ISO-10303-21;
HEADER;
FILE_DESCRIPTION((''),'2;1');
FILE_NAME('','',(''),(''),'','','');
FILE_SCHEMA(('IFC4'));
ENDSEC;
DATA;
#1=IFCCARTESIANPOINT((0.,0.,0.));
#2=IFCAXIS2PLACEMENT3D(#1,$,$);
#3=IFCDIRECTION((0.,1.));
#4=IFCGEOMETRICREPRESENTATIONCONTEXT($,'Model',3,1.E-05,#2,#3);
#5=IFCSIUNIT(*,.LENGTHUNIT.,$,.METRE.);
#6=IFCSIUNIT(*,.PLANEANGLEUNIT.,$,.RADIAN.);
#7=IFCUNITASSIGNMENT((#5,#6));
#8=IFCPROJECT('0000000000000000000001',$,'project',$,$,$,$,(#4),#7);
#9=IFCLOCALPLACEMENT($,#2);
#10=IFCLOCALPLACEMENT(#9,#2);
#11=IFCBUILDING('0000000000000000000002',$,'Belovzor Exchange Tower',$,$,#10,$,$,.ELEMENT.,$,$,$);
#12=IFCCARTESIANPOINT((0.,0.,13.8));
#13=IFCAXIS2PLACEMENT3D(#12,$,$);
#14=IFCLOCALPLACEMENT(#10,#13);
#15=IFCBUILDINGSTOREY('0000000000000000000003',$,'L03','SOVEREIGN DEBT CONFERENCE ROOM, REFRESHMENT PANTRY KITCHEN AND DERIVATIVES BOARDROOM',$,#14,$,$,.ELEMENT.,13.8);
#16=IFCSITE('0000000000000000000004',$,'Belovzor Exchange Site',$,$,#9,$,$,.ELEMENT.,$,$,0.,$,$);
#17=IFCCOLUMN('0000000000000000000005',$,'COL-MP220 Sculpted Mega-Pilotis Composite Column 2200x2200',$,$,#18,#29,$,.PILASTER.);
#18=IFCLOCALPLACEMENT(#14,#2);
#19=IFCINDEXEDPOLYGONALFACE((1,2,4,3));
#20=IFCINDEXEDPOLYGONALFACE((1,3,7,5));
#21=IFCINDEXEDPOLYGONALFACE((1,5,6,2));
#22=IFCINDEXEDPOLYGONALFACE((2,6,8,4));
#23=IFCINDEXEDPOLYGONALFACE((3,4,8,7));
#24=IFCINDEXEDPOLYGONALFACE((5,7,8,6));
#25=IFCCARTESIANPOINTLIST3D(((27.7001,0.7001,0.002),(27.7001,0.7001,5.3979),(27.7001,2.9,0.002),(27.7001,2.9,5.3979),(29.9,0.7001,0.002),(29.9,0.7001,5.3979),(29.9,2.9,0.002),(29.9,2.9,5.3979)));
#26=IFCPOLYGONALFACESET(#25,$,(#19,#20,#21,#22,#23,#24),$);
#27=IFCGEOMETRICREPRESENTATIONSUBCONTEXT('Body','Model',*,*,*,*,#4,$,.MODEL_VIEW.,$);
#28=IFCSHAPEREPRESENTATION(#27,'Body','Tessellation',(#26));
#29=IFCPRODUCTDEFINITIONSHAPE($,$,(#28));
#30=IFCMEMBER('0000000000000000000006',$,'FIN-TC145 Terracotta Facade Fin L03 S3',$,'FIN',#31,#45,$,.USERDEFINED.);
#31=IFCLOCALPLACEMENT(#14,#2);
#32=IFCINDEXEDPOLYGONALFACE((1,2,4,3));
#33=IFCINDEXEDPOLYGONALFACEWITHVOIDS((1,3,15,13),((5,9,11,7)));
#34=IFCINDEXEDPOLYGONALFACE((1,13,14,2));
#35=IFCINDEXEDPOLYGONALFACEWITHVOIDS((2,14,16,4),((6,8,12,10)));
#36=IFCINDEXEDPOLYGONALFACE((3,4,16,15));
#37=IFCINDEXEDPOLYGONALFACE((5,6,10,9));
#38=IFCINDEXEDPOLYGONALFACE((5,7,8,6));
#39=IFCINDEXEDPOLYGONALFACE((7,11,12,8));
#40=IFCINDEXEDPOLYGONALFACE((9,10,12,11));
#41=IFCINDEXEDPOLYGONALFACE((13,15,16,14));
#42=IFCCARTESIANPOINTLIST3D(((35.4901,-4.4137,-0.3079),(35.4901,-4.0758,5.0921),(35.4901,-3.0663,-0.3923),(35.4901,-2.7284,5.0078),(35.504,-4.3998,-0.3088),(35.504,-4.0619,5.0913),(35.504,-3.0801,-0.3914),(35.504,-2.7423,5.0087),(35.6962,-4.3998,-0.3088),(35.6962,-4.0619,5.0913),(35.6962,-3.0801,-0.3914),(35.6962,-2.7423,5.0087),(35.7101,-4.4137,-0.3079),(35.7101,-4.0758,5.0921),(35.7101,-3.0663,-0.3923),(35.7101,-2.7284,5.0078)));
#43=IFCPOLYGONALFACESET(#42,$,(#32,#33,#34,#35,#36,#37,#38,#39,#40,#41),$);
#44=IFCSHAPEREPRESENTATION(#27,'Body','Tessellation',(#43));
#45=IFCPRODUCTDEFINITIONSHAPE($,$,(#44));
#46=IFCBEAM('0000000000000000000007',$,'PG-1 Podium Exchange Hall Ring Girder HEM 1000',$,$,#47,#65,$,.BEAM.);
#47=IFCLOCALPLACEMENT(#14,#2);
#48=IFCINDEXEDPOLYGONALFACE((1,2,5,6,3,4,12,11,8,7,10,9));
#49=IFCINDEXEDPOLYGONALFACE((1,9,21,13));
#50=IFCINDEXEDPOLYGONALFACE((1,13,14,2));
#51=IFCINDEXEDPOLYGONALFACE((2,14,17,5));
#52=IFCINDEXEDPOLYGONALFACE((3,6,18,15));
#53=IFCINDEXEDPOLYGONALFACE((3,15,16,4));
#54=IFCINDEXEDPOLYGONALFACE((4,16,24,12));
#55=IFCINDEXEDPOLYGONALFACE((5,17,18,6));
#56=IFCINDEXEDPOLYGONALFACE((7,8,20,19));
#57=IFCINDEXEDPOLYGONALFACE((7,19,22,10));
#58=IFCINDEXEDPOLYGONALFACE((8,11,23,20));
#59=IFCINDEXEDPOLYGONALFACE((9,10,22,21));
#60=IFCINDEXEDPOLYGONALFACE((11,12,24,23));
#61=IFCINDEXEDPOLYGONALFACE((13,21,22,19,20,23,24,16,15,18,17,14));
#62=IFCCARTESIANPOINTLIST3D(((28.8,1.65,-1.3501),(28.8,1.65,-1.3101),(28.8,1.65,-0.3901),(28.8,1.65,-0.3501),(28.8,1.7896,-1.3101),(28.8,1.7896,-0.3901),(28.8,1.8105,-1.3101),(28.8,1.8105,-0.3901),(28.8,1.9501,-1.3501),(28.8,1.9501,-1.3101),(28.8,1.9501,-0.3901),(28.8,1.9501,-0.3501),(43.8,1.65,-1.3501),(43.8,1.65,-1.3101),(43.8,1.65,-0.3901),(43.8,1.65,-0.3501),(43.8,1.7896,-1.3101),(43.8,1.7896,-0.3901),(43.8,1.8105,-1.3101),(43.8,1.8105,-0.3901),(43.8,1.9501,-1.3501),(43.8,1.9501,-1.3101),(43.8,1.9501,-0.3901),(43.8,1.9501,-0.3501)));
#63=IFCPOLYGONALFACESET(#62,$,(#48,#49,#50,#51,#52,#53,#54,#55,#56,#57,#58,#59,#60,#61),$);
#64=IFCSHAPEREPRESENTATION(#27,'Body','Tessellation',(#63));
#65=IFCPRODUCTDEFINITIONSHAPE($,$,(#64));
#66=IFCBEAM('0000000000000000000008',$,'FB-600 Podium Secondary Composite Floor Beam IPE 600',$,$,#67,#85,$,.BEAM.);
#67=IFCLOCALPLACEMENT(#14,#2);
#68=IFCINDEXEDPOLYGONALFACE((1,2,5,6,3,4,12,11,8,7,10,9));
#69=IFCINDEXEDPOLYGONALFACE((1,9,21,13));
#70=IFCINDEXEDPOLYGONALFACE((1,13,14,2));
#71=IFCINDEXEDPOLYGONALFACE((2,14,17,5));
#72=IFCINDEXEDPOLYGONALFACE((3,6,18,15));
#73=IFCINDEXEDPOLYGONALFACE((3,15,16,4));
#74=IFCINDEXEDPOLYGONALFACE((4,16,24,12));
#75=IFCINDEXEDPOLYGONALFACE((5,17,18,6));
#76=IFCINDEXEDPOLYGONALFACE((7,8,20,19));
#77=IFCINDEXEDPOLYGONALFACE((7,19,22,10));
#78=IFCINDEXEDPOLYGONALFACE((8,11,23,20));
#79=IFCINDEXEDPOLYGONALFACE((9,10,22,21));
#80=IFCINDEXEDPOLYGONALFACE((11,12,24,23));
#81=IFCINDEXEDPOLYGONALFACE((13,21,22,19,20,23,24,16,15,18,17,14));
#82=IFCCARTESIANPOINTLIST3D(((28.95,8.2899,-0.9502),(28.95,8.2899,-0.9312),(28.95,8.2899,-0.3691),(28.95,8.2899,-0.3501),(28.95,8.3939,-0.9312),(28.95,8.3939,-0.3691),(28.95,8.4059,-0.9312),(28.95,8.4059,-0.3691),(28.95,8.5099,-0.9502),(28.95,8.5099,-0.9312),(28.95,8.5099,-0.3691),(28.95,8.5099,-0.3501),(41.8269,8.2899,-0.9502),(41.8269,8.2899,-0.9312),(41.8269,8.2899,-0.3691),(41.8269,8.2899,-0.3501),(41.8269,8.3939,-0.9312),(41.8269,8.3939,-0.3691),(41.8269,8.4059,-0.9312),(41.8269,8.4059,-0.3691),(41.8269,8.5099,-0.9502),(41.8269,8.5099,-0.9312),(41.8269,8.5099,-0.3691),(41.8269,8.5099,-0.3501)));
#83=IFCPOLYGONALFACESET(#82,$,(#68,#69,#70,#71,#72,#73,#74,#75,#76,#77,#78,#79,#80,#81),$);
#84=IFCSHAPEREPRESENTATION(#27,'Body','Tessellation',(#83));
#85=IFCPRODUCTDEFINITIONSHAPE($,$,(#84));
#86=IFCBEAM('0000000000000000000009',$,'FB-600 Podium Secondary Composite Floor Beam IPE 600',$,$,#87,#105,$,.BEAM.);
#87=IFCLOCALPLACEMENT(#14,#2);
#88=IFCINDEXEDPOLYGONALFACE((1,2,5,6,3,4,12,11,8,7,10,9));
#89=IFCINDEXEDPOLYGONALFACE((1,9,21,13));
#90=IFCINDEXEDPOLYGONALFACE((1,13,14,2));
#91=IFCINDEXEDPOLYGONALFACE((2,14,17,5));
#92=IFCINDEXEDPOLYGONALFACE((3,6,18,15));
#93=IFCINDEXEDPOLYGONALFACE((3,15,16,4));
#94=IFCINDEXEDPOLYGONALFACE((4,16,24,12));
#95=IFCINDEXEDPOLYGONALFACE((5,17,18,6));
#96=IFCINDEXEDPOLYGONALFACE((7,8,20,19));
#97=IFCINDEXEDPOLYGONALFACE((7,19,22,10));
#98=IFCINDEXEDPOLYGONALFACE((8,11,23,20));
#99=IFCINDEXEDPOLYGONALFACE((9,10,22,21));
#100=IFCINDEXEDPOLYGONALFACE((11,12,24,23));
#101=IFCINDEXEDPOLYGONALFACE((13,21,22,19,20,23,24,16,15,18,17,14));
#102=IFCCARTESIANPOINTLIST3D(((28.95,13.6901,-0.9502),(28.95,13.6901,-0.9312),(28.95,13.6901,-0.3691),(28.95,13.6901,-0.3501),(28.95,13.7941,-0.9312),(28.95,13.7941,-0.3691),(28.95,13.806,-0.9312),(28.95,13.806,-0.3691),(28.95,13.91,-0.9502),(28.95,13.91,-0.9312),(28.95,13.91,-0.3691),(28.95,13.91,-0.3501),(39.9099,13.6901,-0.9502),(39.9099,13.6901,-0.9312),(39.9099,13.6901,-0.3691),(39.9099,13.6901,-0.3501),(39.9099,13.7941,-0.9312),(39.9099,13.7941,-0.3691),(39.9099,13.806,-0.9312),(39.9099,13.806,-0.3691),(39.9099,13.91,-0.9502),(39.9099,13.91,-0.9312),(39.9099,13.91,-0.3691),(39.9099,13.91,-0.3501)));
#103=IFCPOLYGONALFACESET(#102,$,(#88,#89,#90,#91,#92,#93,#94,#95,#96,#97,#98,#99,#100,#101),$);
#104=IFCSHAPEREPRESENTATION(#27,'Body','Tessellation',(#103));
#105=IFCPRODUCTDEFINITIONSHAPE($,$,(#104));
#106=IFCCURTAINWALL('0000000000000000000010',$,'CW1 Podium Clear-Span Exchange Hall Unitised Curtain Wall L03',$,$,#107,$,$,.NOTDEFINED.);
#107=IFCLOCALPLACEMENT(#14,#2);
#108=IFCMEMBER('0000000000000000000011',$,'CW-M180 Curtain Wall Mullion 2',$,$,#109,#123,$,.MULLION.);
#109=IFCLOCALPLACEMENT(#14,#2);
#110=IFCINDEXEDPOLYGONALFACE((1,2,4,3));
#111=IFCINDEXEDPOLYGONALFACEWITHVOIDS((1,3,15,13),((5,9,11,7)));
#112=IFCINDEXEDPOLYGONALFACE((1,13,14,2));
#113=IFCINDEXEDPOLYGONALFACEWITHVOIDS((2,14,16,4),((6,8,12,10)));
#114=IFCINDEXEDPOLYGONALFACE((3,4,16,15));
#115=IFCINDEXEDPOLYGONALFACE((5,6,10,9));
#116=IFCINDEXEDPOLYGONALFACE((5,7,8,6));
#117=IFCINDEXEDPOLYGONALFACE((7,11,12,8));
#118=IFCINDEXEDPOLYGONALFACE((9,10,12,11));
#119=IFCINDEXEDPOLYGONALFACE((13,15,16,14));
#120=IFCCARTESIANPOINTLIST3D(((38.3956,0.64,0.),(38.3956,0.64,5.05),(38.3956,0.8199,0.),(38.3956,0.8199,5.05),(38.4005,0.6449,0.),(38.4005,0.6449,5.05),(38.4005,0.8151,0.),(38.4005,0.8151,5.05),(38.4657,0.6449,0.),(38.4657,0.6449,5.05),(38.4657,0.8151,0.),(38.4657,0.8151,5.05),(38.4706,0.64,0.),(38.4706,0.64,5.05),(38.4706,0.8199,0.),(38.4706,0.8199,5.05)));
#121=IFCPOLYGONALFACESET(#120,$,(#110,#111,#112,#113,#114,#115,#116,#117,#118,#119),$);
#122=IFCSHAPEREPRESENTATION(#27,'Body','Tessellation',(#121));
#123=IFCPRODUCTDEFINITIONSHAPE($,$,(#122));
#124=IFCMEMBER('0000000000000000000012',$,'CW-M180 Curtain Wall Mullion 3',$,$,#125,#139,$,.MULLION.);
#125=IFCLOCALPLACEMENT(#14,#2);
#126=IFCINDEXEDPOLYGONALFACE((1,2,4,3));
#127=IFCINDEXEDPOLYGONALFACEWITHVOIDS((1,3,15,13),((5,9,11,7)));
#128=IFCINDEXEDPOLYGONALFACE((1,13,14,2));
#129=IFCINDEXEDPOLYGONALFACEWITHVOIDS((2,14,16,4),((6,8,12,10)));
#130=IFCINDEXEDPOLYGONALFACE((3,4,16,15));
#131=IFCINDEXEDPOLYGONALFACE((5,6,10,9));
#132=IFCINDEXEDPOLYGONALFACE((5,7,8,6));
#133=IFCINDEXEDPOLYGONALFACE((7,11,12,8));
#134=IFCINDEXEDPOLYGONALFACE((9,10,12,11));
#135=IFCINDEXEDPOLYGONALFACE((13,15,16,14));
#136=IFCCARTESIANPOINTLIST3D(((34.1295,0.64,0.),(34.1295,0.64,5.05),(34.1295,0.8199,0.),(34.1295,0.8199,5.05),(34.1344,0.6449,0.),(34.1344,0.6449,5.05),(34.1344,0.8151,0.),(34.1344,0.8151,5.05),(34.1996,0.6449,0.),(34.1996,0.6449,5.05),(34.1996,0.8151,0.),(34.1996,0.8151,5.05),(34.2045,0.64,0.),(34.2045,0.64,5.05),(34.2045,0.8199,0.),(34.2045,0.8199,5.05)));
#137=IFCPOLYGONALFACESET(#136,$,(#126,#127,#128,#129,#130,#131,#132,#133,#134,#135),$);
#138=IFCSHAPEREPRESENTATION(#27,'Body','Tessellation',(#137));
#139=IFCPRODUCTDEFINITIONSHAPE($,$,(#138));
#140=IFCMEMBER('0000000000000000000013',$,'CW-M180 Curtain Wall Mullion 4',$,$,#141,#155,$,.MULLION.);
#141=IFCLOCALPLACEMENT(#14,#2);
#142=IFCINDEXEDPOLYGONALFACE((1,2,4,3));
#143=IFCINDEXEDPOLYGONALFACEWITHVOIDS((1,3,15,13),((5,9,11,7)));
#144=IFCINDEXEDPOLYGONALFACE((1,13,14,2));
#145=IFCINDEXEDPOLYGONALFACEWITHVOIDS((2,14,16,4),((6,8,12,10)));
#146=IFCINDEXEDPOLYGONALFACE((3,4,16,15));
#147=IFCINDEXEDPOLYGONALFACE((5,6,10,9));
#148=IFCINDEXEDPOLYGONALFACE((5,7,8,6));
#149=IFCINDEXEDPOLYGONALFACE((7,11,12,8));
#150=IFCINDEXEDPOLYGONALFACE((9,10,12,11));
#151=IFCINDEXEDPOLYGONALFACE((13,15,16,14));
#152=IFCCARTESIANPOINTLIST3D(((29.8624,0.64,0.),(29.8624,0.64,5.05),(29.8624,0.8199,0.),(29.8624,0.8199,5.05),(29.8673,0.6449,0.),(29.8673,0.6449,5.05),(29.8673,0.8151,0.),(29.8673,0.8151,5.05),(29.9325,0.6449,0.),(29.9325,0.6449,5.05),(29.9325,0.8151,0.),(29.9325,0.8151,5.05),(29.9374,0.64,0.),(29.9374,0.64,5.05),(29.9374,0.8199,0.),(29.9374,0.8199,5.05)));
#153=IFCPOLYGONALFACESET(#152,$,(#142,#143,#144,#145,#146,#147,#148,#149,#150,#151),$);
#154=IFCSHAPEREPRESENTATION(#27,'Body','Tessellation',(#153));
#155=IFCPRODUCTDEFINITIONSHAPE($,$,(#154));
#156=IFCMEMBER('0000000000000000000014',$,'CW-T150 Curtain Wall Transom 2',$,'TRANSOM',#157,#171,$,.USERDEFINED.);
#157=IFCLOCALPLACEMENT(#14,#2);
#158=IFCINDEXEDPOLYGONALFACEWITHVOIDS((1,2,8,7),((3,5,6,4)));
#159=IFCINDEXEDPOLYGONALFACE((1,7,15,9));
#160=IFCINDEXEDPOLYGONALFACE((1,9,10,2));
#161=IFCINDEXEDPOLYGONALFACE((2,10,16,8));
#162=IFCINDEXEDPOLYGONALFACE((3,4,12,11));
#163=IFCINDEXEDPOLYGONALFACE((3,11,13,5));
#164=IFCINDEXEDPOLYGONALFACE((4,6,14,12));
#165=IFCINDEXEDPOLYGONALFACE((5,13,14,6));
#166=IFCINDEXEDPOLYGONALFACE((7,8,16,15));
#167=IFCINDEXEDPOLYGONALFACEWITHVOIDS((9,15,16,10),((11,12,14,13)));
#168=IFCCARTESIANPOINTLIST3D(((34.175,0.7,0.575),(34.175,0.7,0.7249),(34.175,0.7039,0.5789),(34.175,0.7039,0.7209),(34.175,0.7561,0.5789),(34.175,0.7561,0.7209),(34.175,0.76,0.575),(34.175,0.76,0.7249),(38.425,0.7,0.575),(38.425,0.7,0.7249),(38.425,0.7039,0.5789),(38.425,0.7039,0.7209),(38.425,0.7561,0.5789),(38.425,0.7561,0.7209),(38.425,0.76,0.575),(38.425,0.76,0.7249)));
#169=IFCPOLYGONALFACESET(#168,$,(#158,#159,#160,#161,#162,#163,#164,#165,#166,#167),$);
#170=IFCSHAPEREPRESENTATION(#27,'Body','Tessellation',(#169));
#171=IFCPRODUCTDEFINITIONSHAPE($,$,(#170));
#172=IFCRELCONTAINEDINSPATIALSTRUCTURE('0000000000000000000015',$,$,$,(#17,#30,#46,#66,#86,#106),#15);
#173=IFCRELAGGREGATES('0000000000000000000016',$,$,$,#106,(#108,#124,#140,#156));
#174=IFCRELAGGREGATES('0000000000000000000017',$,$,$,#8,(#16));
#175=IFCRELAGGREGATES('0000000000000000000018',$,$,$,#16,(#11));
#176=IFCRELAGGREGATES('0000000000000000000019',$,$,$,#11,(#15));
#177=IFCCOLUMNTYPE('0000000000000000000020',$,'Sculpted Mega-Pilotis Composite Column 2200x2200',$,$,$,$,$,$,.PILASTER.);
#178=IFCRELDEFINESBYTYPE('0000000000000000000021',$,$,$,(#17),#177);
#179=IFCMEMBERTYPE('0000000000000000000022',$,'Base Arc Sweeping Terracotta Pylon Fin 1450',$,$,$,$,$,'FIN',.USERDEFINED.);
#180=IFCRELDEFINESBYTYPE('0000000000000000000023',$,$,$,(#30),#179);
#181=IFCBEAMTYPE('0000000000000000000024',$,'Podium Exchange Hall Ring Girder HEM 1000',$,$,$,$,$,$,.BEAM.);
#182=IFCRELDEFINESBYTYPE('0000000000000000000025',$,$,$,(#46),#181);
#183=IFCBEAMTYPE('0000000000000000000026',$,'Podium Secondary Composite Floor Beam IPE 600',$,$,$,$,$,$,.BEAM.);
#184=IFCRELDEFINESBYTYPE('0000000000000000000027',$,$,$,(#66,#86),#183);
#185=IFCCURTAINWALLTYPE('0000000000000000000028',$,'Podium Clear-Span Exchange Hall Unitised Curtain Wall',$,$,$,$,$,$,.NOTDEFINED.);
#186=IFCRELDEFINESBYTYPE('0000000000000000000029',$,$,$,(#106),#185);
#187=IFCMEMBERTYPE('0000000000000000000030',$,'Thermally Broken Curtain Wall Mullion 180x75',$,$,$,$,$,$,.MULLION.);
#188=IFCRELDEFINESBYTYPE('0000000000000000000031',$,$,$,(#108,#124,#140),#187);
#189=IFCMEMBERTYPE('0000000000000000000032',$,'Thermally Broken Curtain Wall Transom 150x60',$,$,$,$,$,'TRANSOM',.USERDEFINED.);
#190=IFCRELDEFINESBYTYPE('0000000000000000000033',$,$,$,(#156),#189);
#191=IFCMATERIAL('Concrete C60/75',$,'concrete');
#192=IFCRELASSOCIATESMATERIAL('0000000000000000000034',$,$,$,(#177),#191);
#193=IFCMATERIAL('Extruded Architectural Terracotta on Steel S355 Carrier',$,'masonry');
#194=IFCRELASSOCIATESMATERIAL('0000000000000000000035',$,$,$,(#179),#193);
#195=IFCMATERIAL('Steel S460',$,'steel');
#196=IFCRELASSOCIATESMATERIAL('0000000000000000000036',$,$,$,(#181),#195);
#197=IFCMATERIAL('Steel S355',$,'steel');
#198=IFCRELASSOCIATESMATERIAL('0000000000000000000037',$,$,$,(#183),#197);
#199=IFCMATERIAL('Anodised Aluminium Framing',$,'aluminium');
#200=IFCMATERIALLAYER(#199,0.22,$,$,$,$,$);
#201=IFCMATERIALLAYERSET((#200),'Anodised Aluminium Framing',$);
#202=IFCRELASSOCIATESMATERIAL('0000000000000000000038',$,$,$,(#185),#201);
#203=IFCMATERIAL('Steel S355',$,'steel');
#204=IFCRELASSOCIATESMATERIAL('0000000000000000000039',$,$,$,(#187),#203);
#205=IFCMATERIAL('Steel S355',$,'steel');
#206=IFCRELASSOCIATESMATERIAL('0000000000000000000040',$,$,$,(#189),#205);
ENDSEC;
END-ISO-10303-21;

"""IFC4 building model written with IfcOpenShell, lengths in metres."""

from ifc_helpers import new_model, si_unit, direction, frame, origin, origin_2d, place, context, subcontext, project, spatial, rectangle, hollow_rectangle, i_section, extrude, material, layer, layer_set, material_profile, profile_set, type_object, element, aggregate, save


model = new_model("IFC4")

# Units and contexts
model_context = context("Model", 3, precision=1e-05, world=origin(), true_north=direction((0.0, 1.0)))
body_context = subcontext(model_context, "Body", "Model", "MODEL_VIEW")
ifc_project = project(units=[si_unit("LENGTHUNIT", "METRE"), si_unit("PLANEANGLEUNIT", "RADIAN")], contexts=[model_context])

# Site, building, storey
site_placement = place(None, origin())
site = spatial("IfcSite", under=ifc_project, at=site_placement, Name="Belovzor Exchange Site", CompositionType="ELEMENT", RefElevation=0.0)
building_placement = place(site_placement, origin())
building = spatial("IfcBuilding", under=site, at=building_placement, Name="Belovzor Exchange Tower", CompositionType="ELEMENT")
storey_placement = place(building_placement, frame((0.0, 0.0, 13.8)))
storey = spatial("IfcBuildingStorey", under=building, at=storey_placement, Name="L03", Description="SOVEREIGN DEBT CONFERENCE ROOM, REFRESHMENT PANTRY KITCHEN AND DERIVATIVES BOARDROOM", CompositionType="ELEMENT", Elevation=13.8)

# Column
ifc_material_1 = material(Name="Concrete C60/75", Category="concrete")
ifc_material_profile_1 = material_profile(ifc_material_1, rectangle(XDim=2.2, YDim=2.2, at=origin_2d()))
ifc_profile_set_1 = profile_set([ifc_material_profile_1], Name="Concrete C60/75")
column_type = type_object("IfcColumnType", Name="Sculpted Mega-Pilotis Composite Column 2200x2200", PredefinedType="PILASTER", material=ifc_profile_set_1)
column_placement = place(storey_placement, frame((28.8, 1.8, 0.002), z_axis=(0.0, 0.0, 1.0), x_axis=(1.0, 0.0, 0.0)))
element("IfcColumn", 1, at=column_placement, inside=storey, type_object=column_type, Name="COL-MP220 Sculpted Mega-Pilotis Composite Column 2200x2200", PredefinedType="PILASTER", context=body_context, shape_type="SweptSolid", body=[
    extrude(rectangle(XDim=2.2, YDim=2.2, at=origin_2d()), origin(), (0.0, 0.0, 1.0), 5.396),
])

# Member
ifc_material_2 = material(Name="Extruded Architectural Terracotta on Steel S355 Carrier", Category="masonry")
ifc_material_profile_2 = material_profile(ifc_material_2, hollow_rectangle(XDim=0.22, YDim=1.3501, WallThickness=0.0139, at=origin_2d()))
ifc_profile_set_2 = profile_set([ifc_material_profile_2], Name="Extruded Architectural Terracotta on Steel S355 Carrier")
member_type_1 = type_object("IfcMemberType", Name="Base Arc Sweeping Terracotta Pylon Fin 1450", ElementType="FIN", PredefinedType="USERDEFINED", material=ifc_profile_set_2)
member_1_placement = place(storey_placement, frame((35.6001, -3.74, -0.3501), z_axis=(0.0, 0.062449, 0.998048), x_axis=(-1.0, 0.0, 0.0)))
element("IfcMember", 2, at=member_1_placement, inside=storey, type_object=member_type_1, Name="FIN-TC145 Terracotta Facade Fin L03 S3", ObjectType="FIN", PredefinedType="USERDEFINED", context=body_context, shape_type="SweptSolid", body=[
    extrude(hollow_rectangle(XDim=0.22, YDim=1.3501, WallThickness=0.0139, at=origin_2d()), origin(), (0.0, 0.0, 1.0), 5.4106),
])

# Beams
ifc_material_3 = material(Name="Steel S460", Category="steel")
ifc_material_profile_3 = material_profile(ifc_material_3, i_section(OverallWidth=0.3, OverallDepth=1.0, WebThickness=0.021, FlangeThickness=0.04, at=origin_2d()))
ifc_profile_set_3 = profile_set([ifc_material_profile_3], Name="Steel S460")
beam_type_1 = type_object("IfcBeamType", Name="Podium Exchange Hall Ring Girder HEM 1000", PredefinedType="BEAM", material=ifc_profile_set_3)
beam_1_placement = place(storey_placement, frame((28.8, 1.8, -0.8501), z_axis=(1.0, 0.0, 0.0), x_axis=(0.0, 1.0, 0.0)))
element("IfcBeam", 3, at=beam_1_placement, inside=storey, type_object=beam_type_1, Name="PG-1 Podium Exchange Hall Ring Girder HEM 1000", PredefinedType="BEAM", context=body_context, shape_type="SweptSolid", body=[
    extrude(i_section(OverallWidth=0.3, OverallDepth=1.0, WebThickness=0.021, FlangeThickness=0.04, at=origin_2d()), origin(), (0.0, 0.0, 1.0), 15.0),
])
ifc_material_4 = material(Name="Steel S355", Category="steel")
ifc_material_profile_4 = material_profile(ifc_material_4, i_section(OverallWidth=0.22, OverallDepth=0.6001, WebThickness=0.012, FlangeThickness=0.019, at=origin_2d()))
ifc_profile_set_4 = profile_set([ifc_material_profile_4], Name="Steel S355")
beam_type_2 = type_object("IfcBeamType", Name="Podium Secondary Composite Floor Beam IPE 600", PredefinedType="BEAM", material=ifc_profile_set_4)
beam_2_placement = place(storey_placement, frame((28.95, 8.3999, -0.6501), z_axis=(1.0, 0.0, 0.0), x_axis=(0.0, 1.0, 0.0)))
element("IfcBeam", 4, at=beam_2_placement, inside=storey, type_object=beam_type_2, Name="FB-600 Podium Secondary Composite Floor Beam IPE 600", PredefinedType="BEAM", context=body_context, shape_type="SweptSolid", body=[
    extrude(i_section(OverallWidth=0.22, OverallDepth=0.6001, WebThickness=0.012, FlangeThickness=0.019, at=origin_2d()), origin(), (0.0, 0.0, 1.0), 12.877),
])
beam_3_placement = place(storey_placement, frame((28.95, 13.8, -0.6501), z_axis=(1.0, 0.0, 0.0), x_axis=(0.0, 1.0, 0.0)))
element("IfcBeam", 5, at=beam_3_placement, inside=storey, type_object=beam_type_2, Name="FB-600 Podium Secondary Composite Floor Beam IPE 600", PredefinedType="BEAM", context=body_context, shape_type="SweptSolid", body=[
    extrude(i_section(OverallWidth=0.22, OverallDepth=0.6001, WebThickness=0.012, FlangeThickness=0.019, at=origin_2d()), origin(), (0.0, 0.0, 1.0), 10.96),
])

# Curtain wall, members
ifc_material_5 = material(Name="Anodised Aluminium Framing", Category="aluminium")
ifc_layer_1 = layer(ifc_material_5, 0.22)
ifc_layer_set_1 = layer_set([ifc_layer_1], Name="Anodised Aluminium Framing")
curtain_wall_type = type_object("IfcCurtainWallType", Name="Podium Clear-Span Exchange Hall Unitised Curtain Wall", PredefinedType="NOTDEFINED", material=ifc_layer_set_1)
curtain_wall_placement = place(storey_placement, origin())
curtain_wall = element("IfcCurtainWall", 6, at=curtain_wall_placement, inside=storey, type_object=curtain_wall_type, Name="CW1 Podium Clear-Span Exchange Hall Unitised Curtain Wall L03", PredefinedType="NOTDEFINED")
ifc_material_6 = material(Name="Steel S355", Category="steel")
ifc_material_profile_5 = material_profile(ifc_material_6, hollow_rectangle(XDim=0.075, YDim=0.1799, WallThickness=0.0049, at=origin_2d()))
ifc_profile_set_5 = profile_set([ifc_material_profile_5], Name="Steel S355")
member_type_2 = type_object("IfcMemberType", Name="Thermally Broken Curtain Wall Mullion 180x75", PredefinedType="MULLION", material=ifc_profile_set_5)
member_2_placement = place(storey_placement, frame((38.4331, 0.73, 0.0), z_axis=(0.0, 0.0, 1.0), x_axis=(-1.0, 0.0, 0.0)))
member_2 = element("IfcMember", 7, at=member_2_placement, type_object=member_type_2, Name="CW-M180 Curtain Wall Mullion 2", PredefinedType="MULLION", context=body_context, shape_type="SweptSolid", body=[
    extrude(hollow_rectangle(XDim=0.075, YDim=0.1799, WallThickness=0.0049, at=origin_2d()), origin(), (0.0, 0.0, 1.0), 5.05),
])
member_3_placement = place(storey_placement, frame((34.167, 0.73, 0.0), z_axis=(0.0, 0.0, 1.0), x_axis=(-1.0, 0.0, 0.0)))
member_3 = element("IfcMember", 8, at=member_3_placement, type_object=member_type_2, Name="CW-M180 Curtain Wall Mullion 3", PredefinedType="MULLION", context=body_context, shape_type="SweptSolid", body=[
    extrude(hollow_rectangle(XDim=0.075, YDim=0.1799, WallThickness=0.0049, at=origin_2d()), origin(), (0.0, 0.0, 1.0), 5.05),
])
member_4_placement = place(storey_placement, frame((29.8999, 0.73, 0.0), z_axis=(0.0, 0.0, 1.0), x_axis=(-1.0, 0.0, 0.0)))
member_4 = element("IfcMember", 9, at=member_4_placement, type_object=member_type_2, Name="CW-M180 Curtain Wall Mullion 4", PredefinedType="MULLION", context=body_context, shape_type="SweptSolid", body=[
    extrude(hollow_rectangle(XDim=0.075, YDim=0.1799, WallThickness=0.0049, at=origin_2d()), origin(), (0.0, 0.0, 1.0), 5.05),
])
ifc_material_7 = material(Name="Steel S355", Category="steel")
ifc_material_profile_6 = material_profile(ifc_material_7, hollow_rectangle(XDim=0.0601, YDim=0.1499, WallThickness=0.0039, at=origin_2d()))
ifc_profile_set_6 = profile_set([ifc_material_profile_6], Name="Steel S355")
member_type_3 = type_object("IfcMemberType", Name="Thermally Broken Curtain Wall Transom 150x60", ElementType="TRANSOM", PredefinedType="USERDEFINED", material=ifc_profile_set_6)
member_5_placement = place(storey_placement, frame((38.425, 0.73, 0.6499), z_axis=(-1.0, 0.0, 0.0), x_axis=(0.0, -1.0, 0.0)))
member_5 = element("IfcMember", 10, at=member_5_placement, type_object=member_type_3, Name="CW-T150 Curtain Wall Transom 2", ObjectType="TRANSOM", PredefinedType="USERDEFINED", context=body_context, shape_type="SweptSolid", body=[
    extrude(hollow_rectangle(XDim=0.0601, YDim=0.1499, WallThickness=0.0039, at=origin_2d()), origin(), (0.0, 0.0, 1.0), 4.25),
])

aggregate(curtain_wall, [member_2, member_3, member_4, member_5])

save(model, "model.ifc")
